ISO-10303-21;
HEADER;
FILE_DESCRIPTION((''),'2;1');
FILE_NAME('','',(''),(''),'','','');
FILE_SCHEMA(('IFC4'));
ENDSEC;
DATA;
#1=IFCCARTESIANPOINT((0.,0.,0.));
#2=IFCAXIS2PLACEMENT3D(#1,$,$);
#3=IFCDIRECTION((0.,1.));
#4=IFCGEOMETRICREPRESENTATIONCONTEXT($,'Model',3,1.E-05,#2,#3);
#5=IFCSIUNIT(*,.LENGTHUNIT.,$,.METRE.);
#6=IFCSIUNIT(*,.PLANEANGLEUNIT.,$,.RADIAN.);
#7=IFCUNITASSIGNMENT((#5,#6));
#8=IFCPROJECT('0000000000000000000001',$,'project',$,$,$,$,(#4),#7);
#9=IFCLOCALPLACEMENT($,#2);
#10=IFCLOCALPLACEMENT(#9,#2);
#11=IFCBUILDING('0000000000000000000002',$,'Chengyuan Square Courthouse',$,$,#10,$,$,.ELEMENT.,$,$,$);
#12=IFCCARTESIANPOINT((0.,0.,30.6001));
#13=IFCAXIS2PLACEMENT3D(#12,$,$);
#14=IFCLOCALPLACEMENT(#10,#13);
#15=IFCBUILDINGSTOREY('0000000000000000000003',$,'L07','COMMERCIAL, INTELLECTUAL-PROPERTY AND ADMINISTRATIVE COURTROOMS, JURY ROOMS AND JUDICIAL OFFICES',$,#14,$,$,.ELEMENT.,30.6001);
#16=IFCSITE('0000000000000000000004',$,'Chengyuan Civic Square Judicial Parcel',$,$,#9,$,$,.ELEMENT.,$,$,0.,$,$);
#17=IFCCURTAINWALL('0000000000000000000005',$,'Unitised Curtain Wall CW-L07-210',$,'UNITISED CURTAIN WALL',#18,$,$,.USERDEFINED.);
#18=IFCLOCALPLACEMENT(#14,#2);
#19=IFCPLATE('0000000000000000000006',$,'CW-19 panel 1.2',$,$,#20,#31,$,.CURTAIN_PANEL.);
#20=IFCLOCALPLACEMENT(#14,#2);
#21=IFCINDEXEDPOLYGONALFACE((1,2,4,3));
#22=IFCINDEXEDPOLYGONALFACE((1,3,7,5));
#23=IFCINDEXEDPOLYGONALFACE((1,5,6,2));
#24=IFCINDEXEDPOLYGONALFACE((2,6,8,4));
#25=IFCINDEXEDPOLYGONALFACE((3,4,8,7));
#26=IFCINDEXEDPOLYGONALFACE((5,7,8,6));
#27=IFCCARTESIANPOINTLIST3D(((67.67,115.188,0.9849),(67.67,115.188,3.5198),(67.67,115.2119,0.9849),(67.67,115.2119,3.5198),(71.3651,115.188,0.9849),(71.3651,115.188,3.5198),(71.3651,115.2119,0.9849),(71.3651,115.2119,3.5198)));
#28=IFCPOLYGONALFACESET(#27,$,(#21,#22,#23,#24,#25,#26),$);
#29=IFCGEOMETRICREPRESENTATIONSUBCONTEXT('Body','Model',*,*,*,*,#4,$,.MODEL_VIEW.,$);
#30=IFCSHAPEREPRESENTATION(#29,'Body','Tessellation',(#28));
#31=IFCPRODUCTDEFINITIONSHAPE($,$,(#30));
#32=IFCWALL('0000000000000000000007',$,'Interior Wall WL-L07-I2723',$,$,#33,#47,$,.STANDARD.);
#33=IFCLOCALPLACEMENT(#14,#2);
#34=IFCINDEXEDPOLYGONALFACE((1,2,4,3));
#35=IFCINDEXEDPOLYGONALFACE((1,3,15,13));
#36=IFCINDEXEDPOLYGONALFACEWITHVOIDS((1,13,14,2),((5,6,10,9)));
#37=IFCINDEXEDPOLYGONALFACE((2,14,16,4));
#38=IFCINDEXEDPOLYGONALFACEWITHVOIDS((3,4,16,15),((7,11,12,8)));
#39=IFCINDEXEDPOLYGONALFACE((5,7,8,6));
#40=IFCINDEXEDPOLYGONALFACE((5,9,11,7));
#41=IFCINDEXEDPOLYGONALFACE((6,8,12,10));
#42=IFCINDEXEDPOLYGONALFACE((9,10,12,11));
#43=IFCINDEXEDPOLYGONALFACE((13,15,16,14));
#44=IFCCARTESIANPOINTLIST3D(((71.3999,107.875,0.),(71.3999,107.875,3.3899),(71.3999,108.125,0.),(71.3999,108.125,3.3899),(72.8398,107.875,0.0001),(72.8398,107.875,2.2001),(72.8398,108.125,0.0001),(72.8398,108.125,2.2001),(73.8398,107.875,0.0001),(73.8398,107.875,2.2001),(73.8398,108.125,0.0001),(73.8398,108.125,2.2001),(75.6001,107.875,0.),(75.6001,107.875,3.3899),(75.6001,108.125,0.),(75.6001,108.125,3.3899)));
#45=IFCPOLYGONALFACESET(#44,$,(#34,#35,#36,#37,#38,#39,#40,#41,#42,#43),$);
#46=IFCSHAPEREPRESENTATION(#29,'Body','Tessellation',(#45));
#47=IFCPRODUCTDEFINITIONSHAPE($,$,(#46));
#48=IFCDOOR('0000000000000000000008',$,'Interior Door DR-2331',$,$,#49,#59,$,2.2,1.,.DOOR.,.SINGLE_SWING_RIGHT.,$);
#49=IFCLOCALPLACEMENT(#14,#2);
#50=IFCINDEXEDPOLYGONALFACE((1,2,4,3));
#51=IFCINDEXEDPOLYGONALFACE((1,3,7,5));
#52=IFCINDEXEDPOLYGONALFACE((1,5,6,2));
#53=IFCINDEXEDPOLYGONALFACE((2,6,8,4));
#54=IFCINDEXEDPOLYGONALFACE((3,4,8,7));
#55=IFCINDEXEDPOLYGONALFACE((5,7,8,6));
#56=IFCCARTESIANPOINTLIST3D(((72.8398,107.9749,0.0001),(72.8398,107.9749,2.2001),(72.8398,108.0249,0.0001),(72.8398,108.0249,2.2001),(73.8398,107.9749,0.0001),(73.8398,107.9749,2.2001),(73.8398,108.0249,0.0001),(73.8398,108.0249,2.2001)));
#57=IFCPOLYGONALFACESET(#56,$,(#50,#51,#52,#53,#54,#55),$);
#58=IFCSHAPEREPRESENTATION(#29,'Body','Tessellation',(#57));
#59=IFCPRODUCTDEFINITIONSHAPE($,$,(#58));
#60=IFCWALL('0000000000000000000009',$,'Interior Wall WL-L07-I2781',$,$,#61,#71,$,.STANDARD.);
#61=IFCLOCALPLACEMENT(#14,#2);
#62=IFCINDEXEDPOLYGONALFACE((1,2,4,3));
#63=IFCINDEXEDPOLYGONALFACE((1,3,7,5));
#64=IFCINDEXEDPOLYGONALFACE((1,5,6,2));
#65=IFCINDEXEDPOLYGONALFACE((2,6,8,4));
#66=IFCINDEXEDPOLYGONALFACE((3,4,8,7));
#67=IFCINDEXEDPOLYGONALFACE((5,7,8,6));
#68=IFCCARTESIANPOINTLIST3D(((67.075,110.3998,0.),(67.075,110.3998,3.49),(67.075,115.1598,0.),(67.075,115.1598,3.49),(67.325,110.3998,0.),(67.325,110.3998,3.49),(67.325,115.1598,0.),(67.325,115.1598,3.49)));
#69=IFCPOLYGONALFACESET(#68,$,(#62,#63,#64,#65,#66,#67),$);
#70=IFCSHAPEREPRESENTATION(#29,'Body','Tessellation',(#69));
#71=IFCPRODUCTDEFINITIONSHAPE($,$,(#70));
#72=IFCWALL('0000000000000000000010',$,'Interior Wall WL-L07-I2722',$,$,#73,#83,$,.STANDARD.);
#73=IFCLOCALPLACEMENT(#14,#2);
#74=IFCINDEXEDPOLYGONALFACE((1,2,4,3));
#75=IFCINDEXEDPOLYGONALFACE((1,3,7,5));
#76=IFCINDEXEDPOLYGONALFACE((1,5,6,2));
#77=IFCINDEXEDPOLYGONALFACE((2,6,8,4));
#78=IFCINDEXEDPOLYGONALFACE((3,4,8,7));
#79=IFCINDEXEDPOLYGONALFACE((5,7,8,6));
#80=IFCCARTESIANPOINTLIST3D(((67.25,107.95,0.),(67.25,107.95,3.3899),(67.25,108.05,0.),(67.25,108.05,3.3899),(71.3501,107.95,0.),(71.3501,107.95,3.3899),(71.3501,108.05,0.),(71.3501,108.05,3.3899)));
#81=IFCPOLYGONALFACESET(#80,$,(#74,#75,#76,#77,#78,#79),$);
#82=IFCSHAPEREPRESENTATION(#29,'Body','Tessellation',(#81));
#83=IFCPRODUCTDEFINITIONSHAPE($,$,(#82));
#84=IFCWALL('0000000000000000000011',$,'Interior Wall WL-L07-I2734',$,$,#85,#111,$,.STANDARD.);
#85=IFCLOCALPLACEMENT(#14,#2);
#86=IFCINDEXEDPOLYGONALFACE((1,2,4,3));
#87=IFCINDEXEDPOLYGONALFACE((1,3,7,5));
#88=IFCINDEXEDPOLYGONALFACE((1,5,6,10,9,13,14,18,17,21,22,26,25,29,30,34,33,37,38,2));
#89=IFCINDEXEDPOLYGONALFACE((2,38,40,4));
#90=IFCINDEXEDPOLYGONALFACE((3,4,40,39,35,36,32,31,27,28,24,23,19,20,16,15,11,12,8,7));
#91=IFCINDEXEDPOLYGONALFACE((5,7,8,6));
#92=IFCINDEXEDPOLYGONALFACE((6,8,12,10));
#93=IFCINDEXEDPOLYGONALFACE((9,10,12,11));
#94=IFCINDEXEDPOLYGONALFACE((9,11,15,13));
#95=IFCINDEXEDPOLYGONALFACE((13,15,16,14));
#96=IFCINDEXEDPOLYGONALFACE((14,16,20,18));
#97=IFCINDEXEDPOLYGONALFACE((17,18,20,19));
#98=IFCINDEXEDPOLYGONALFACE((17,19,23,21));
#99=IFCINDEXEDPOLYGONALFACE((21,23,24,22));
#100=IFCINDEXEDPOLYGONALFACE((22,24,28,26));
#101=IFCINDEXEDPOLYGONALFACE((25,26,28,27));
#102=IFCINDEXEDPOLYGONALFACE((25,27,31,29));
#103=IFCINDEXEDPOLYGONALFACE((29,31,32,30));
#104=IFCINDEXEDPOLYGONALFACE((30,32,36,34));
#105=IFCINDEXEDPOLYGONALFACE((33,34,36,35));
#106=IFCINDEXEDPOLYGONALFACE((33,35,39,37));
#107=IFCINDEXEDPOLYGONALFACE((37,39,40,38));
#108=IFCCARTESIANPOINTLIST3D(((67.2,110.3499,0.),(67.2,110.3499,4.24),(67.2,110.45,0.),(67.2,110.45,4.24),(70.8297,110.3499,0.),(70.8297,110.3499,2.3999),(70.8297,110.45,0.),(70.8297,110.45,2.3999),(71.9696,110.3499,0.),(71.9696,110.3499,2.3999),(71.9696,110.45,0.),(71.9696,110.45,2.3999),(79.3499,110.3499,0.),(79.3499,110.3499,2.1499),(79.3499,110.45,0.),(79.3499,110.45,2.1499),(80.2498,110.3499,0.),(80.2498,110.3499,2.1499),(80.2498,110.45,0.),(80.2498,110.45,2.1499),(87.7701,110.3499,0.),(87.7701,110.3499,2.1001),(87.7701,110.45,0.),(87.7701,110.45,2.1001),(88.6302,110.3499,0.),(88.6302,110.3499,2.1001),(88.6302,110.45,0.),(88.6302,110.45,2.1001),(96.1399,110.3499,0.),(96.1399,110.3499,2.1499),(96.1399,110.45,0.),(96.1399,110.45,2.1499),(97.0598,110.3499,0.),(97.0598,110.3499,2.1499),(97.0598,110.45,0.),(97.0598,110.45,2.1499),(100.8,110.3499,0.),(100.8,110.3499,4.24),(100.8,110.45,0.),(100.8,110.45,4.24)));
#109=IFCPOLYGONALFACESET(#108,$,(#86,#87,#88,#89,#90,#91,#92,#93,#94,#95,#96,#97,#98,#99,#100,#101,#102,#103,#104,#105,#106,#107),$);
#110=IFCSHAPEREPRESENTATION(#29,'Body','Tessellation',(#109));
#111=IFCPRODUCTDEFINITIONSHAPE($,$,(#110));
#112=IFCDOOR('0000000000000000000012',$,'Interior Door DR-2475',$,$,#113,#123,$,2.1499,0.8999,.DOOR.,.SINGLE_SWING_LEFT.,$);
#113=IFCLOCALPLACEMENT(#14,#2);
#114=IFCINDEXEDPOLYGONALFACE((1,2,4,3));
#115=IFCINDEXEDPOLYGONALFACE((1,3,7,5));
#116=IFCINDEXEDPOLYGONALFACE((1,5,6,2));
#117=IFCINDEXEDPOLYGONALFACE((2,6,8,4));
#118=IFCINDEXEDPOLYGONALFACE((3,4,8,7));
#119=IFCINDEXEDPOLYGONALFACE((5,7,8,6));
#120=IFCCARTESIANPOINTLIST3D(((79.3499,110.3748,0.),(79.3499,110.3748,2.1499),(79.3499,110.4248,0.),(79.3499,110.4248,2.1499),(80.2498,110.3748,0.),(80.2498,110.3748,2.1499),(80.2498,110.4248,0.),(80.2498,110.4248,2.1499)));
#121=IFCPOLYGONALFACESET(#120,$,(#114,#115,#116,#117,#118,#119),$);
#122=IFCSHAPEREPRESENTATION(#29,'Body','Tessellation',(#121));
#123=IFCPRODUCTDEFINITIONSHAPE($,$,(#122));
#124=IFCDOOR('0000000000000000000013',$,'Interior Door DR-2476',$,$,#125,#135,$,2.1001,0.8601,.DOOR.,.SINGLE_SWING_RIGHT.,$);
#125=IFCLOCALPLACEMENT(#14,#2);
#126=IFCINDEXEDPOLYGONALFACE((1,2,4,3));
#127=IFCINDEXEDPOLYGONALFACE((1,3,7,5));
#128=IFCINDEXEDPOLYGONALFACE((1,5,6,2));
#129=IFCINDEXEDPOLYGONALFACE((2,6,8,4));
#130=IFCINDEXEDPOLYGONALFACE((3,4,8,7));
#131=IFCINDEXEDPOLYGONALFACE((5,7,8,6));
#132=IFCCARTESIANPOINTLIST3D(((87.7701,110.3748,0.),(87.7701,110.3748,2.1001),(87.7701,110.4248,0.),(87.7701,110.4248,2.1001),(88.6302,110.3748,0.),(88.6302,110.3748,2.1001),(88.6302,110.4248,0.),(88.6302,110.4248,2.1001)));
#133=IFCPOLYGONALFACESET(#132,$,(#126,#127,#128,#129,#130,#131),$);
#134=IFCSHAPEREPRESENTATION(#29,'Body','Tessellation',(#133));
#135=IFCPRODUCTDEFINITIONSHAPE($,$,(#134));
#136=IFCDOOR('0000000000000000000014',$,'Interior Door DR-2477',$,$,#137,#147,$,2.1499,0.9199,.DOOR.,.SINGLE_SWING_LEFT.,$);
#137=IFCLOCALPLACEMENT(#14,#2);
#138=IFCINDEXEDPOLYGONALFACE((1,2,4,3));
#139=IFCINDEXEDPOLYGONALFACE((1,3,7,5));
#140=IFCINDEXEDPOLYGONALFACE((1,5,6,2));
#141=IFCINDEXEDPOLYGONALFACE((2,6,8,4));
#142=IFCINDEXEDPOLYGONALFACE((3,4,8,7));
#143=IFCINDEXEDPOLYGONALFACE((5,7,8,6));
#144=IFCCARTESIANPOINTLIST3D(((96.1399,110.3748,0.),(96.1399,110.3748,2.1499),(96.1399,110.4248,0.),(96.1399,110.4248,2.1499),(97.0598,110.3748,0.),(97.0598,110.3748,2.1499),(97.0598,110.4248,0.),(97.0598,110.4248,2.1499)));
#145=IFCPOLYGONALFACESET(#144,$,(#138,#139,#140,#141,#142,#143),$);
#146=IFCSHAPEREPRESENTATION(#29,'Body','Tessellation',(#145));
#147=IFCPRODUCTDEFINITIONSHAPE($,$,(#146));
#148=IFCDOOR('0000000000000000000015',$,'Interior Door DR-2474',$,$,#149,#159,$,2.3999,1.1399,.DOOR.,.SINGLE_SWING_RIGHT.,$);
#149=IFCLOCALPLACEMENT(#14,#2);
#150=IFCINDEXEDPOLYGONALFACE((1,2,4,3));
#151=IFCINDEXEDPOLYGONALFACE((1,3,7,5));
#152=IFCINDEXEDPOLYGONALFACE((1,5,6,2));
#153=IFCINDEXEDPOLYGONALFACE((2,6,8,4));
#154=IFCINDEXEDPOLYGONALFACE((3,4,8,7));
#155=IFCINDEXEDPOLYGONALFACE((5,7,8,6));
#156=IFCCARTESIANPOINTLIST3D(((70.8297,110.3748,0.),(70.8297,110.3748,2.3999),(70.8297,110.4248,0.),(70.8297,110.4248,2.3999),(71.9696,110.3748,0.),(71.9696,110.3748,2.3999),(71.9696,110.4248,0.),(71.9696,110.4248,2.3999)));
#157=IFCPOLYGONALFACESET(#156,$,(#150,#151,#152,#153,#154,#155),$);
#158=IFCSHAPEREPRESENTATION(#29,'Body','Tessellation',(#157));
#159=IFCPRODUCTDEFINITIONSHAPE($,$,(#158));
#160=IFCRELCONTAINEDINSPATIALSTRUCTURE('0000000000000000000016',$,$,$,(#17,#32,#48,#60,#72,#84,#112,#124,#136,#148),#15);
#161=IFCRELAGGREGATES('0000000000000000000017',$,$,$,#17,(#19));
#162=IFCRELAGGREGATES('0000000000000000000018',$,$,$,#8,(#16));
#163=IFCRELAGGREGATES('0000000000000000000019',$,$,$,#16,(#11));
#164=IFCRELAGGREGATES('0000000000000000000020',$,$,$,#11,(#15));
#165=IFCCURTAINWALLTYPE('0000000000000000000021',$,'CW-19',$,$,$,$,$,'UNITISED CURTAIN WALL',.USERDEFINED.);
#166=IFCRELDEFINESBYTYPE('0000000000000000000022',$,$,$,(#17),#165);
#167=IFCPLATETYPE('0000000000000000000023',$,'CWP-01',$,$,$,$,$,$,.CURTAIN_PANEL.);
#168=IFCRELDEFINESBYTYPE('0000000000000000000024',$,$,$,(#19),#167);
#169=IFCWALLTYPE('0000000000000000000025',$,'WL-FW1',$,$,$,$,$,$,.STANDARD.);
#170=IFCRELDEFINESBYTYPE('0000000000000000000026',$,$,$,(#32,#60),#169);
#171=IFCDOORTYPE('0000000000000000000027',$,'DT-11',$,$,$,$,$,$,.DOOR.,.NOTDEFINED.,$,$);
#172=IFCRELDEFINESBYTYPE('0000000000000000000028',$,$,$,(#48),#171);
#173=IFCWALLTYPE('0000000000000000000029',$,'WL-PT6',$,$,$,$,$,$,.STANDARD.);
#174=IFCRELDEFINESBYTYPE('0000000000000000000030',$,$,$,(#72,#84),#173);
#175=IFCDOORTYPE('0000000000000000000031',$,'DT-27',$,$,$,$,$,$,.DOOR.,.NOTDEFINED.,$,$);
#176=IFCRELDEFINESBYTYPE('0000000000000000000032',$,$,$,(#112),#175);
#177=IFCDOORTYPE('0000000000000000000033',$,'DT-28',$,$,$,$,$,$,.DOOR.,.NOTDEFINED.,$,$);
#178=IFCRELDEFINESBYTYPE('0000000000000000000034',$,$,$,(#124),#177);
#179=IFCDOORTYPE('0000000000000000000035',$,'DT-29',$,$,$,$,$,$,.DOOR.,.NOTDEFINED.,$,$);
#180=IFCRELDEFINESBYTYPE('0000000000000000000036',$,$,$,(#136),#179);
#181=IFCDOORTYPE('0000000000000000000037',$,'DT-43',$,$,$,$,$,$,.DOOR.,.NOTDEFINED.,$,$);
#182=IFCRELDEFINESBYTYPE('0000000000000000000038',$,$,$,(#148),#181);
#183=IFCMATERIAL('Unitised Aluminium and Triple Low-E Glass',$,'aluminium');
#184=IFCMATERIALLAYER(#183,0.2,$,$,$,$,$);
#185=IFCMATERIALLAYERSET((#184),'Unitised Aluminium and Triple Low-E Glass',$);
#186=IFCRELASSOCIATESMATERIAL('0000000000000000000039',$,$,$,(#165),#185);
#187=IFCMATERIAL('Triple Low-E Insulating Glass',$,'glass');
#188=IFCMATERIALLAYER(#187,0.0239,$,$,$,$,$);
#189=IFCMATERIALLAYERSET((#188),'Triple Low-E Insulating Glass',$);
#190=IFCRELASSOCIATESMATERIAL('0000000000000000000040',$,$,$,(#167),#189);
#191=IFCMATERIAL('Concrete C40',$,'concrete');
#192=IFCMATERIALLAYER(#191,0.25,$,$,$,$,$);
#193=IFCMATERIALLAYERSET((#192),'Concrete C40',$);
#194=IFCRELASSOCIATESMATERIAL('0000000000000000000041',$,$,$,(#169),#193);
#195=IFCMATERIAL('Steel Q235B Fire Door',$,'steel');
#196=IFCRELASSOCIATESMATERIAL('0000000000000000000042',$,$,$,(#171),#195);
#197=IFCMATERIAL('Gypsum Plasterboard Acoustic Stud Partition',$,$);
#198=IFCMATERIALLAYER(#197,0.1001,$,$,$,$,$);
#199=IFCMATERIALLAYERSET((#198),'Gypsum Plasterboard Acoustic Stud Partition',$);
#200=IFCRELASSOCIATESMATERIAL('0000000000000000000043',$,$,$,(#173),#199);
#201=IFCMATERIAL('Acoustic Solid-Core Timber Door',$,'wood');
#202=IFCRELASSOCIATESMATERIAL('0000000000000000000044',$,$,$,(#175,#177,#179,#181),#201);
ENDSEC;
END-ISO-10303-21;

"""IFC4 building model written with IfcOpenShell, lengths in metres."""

from ifc_helpers import new_model, si_unit, direction, frame, frame_2d, origin, origin_2d, place, context, subcontext, project, spatial, rectangle, extrude, material, layer, layer_set, type_object, element, fill, aggregate, save


model = new_model("IFC4")

# Units and contexts
model_context = context("Model", 3, precision=1e-05, world=origin(), true_north=direction((0.0, 1.0)))
body_context = subcontext(model_context, "Body", "Model", "MODEL_VIEW")
ifc_project = project(units=[si_unit("LENGTHUNIT", "METRE"), si_unit("PLANEANGLEUNIT", "RADIAN")], contexts=[model_context])

# Site, building, storey
site_placement = place(None, origin())
site = spatial("IfcSite", under=ifc_project, at=site_placement, Name="Chengyuan Civic Square Judicial Parcel", CompositionType="ELEMENT", RefElevation=0.0)
building_placement = place(site_placement, origin())
building = spatial("IfcBuilding", under=site, at=building_placement, Name="Chengyuan Square Courthouse", CompositionType="ELEMENT")
storey_placement = place(building_placement, frame((0.0, 0.0, 30.6001)))
storey = spatial("IfcBuildingStorey", under=building, at=storey_placement, Name="L07", Description="COMMERCIAL, INTELLECTUAL-PROPERTY AND ADMINISTRATIVE COURTROOMS, JURY ROOMS AND JUDICIAL OFFICES", CompositionType="ELEMENT", Elevation=30.6001)

# Shared definitions
ifc_material_1 = material(Name="Concrete C40", Category="concrete")

# Curtain wall, plate
ifc_material_2 = material(Name="Unitised Aluminium and Triple Low-E Glass", Category="aluminium")
ifc_layer_1 = layer(ifc_material_2, 0.2)
ifc_layer_set_1 = layer_set([ifc_layer_1], Name="Unitised Aluminium and Triple Low-E Glass")
curtain_wall_type = type_object("IfcCurtainWallType", Name="CW-19", ElementType="UNITISED CURTAIN WALL", PredefinedType="USERDEFINED", material=ifc_layer_set_1)
curtain_wall_placement = place(storey_placement, origin())
curtain_wall = element("IfcCurtainWall", 1, at=curtain_wall_placement, inside=storey, type_object=curtain_wall_type, Name="Unitised Curtain Wall CW-L07-210", ObjectType="UNITISED CURTAIN WALL", PredefinedType="USERDEFINED")
ifc_material_3 = material(Name="Triple Low-E Insulating Glass", Category="glass")
ifc_layer_2 = layer(ifc_material_3, 0.0239)
ifc_layer_set_2 = layer_set([ifc_layer_2], Name="Triple Low-E Insulating Glass")
plate_type = type_object("IfcPlateType", Name="CWP-01", PredefinedType="CURTAIN_PANEL", material=ifc_layer_set_2)
plate_1_placement = place(storey_placement, frame((69.5176, 115.2, 0.9849), z_axis=(0.0, 0.0, 1.0), x_axis=(1.0, 0.0, 0.0)))
plate_1 = element("IfcPlate", 2, at=plate_1_placement, type_object=plate_type, Name="CW-19 panel 1.2", PredefinedType="CURTAIN_PANEL", context=body_context, shape_type="SweptSolid", body=[
    extrude(rectangle(XDim=3.6951, YDim=0.0239, at=origin_2d()), origin(), (0.0, 0.0, 1.0), 2.5349),
])
aggregate(curtain_wall, [plate_1])

# Wall, opening, door
ifc_layer_3 = layer(ifc_material_1, 0.25)
ifc_layer_set_3 = layer_set([ifc_layer_3], Name="Concrete C40")
wall_type_1 = type_object("IfcWallType", Name="WL-FW1", PredefinedType="STANDARD", material=ifc_layer_set_3)
wall_1_placement = place(storey_placement, frame((71.3999, 108.0, 0.0), z_axis=(0.0, 0.0, 1.0), x_axis=(1.0, 0.0, 0.0)))
wall_1 = element("IfcWall", 3, at=wall_1_placement, inside=storey, type_object=wall_type_1, Name="Interior Wall WL-L07-I2723", PredefinedType="STANDARD", context=body_context, shape_type="SweptSolid", body=[
    extrude(rectangle(XDim=4.2002, YDim=0.25, at=frame_2d((2.1001, 0.0))), origin(), (0.0, 0.0, 1.0), 3.3899),
])
opening_1_placement = place(wall_1_placement, frame((1.4399, 0.0, 0.0)))
opening_1 = element("IfcOpeningElement", 4, at=opening_1_placement, cuts=wall_1, PredefinedType="OPENING", context=body_context, shape_type="SweptSolid", body=[
    extrude(rectangle(XDim=1.0, YDim=2.2, at=frame_2d((0.5, 1.1001))), frame((0.0, 0.137, 0.0), z_axis=(0.0, -1.0, 0.0), x_axis=(1.0, 0.0, 0.0)), (0.0, 0.0, 1.0), 0.2739),
])
ifc_material_4 = material(Name="Steel Q235B Fire Door", Category="steel")
door_type_1 = type_object("IfcDoorType", Name="DT-11", OperationType="NOTDEFINED", PredefinedType="DOOR", material=ifc_material_4)
door_1_placement = place(opening_1_placement, origin())
door_1 = element("IfcDoor", 5, at=door_1_placement, inside=storey, type_object=door_type_1, Name="Interior Door DR-2331", OperationType="SINGLE_SWING_RIGHT", OverallHeight=2.2, OverallWidth=1.0, PredefinedType="DOOR", context=body_context, shape_type="SweptSolid", body=[
    extrude(rectangle(XDim=1.0, YDim=2.2, at=frame_2d((0.5, 1.1001))), frame((0.0, 0.0249, 0.0), z_axis=(0.0, -1.0, 0.0), x_axis=(1.0, 0.0, 0.0)), (0.0, 0.0, 1.0), 0.05),
])
fill(opening_1, door_1)

# Walls
wall_2_placement = place(storey_placement, frame((67.2, 110.3999, 0.0), z_axis=(0.0, 0.0, 1.0), x_axis=(0.0, 1.0, 0.0)))
element("IfcWall", 6, at=wall_2_placement, inside=storey, type_object=wall_type_1, Name="Interior Wall WL-L07-I2781", PredefinedType="STANDARD", context=body_context, shape_type="SweptSolid", body=[
    extrude(rectangle(XDim=4.76, YDim=0.25, at=frame_2d((2.3799, 0.0))), origin(), (0.0, 0.0, 1.0), 3.49),
])
ifc_material_5 = material(Name="Gypsum Plasterboard Acoustic Stud Partition")
ifc_layer_4 = layer(ifc_material_5, 0.1001)
ifc_layer_set_4 = layer_set([ifc_layer_4], Name="Gypsum Plasterboard Acoustic Stud Partition")
wall_type_2 = type_object("IfcWallType", Name="WL-PT6", PredefinedType="STANDARD", material=ifc_layer_set_4)
wall_3_placement = place(storey_placement, frame((67.25, 108.0, 0.0), z_axis=(0.0, 0.0, 1.0), x_axis=(1.0, 0.0, 0.0)))
element("IfcWall", 7, at=wall_3_placement, inside=storey, type_object=wall_type_2, Name="Interior Wall WL-L07-I2722", PredefinedType="STANDARD", context=body_context, shape_type="SweptSolid", body=[
    extrude(rectangle(XDim=4.1001, YDim=0.1001, at=frame_2d((2.05, 0.0))), origin(), (0.0, 0.0, 1.0), 3.3899),
])

# Wall, openings, doors
wall_4_placement = place(storey_placement, frame((67.2, 110.3999, 0.0), z_axis=(0.0, 0.0, 1.0), x_axis=(1.0, 0.0, 0.0)))
wall_4 = element("IfcWall", 8, at=wall_4_placement, inside=storey, type_object=wall_type_2, Name="Interior Wall WL-L07-I2734", PredefinedType="STANDARD", context=body_context, shape_type="SweptSolid", body=[
    extrude(rectangle(XDim=33.6001, YDim=0.1001, at=frame_2d((16.8, 0.0))), origin(), (0.0, 0.0, 1.0), 4.24),
])
opening_2_placement = place(wall_4_placement, frame((3.6299, 0.0, 0.0)))
opening_2 = element("IfcOpeningElement", 9, at=opening_2_placement, cuts=wall_4, PredefinedType="OPENING", context=body_context, shape_type="SweptSolid", body=[
    extrude(rectangle(XDim=1.1399, YDim=2.3999, at=frame_2d((0.5698, 1.2))), frame((0.0, 0.062, 0.0), z_axis=(0.0, -1.0, 0.0), x_axis=(1.0, 0.0, 0.0)), (0.0, 0.0, 1.0), 0.124),
])
opening_3_placement = place(wall_4_placement, frame((12.1499, 0.0, 0.0)))
opening_3 = element("IfcOpeningElement", 10, at=opening_3_placement, cuts=wall_4, PredefinedType="OPENING", context=body_context, shape_type="SweptSolid", body=[
    extrude(rectangle(XDim=0.8999, YDim=2.1499, at=frame_2d((0.45, 1.075))), frame((0.0, 0.062, 0.0), z_axis=(0.0, -1.0, 0.0), x_axis=(1.0, 0.0, 0.0)), (0.0, 0.0, 1.0), 0.124),
])
opening_4_placement = place(wall_4_placement, frame((20.5701, 0.0, 0.0)))
opening_4 = element("IfcOpeningElement", 11, at=opening_4_placement, cuts=wall_4, PredefinedType="OPENING", context=body_context, shape_type="SweptSolid", body=[
    extrude(rectangle(XDim=0.8601, YDim=2.1001, at=frame_2d((0.4302, 1.05))), frame((0.0, 0.062, 0.0), z_axis=(0.0, -1.0, 0.0), x_axis=(1.0, 0.0, 0.0)), (0.0, 0.0, 1.0), 0.124),
])
opening_5_placement = place(wall_4_placement, frame((28.9399, 0.0, 0.0)))
opening_5 = element("IfcOpeningElement", 12, at=opening_5_placement, cuts=wall_4, PredefinedType="OPENING", context=body_context, shape_type="SweptSolid", body=[
    extrude(rectangle(XDim=0.9199, YDim=2.1499, at=frame_2d((0.46, 1.075))), frame((0.0, 0.062, 0.0), z_axis=(0.0, -1.0, 0.0), x_axis=(1.0, 0.0, 0.0)), (0.0, 0.0, 1.0), 0.124),
])
ifc_material_6 = material(Name="Acoustic Solid-Core Timber Door", Category="wood")
door_type_2 = type_object("IfcDoorType", Name="DT-27", OperationType="NOTDEFINED", PredefinedType="DOOR", material=ifc_material_6)
door_2_placement = place(opening_3_placement, origin())
door_2 = element("IfcDoor", 13, at=door_2_placement, inside=storey, type_object=door_type_2, Name="Interior Door DR-2475", OperationType="SINGLE_SWING_LEFT", OverallHeight=2.1499, OverallWidth=0.8999, PredefinedType="DOOR", context=body_context, shape_type="SweptSolid", body=[
    extrude(rectangle(XDim=0.8999, YDim=2.1499, at=frame_2d((0.45, 1.075))), frame((0.0, 0.0249, 0.0), z_axis=(0.0, -1.0, 0.0), x_axis=(1.0, 0.0, 0.0)), (0.0, 0.0, 1.0), 0.05),
])
fill(opening_3, door_2)
door_type_3 = type_object("IfcDoorType", Name="DT-28", OperationType="NOTDEFINED", PredefinedType="DOOR", material=ifc_material_6)
door_3_placement = place(opening_4_placement, origin())
door_3 = element("IfcDoor", 14, at=door_3_placement, inside=storey, type_object=door_type_3, Name="Interior Door DR-2476", OperationType="SINGLE_SWING_RIGHT", OverallHeight=2.1001, OverallWidth=0.8601, PredefinedType="DOOR", context=body_context, shape_type="SweptSolid", body=[
    extrude(rectangle(XDim=0.8601, YDim=2.1001, at=frame_2d((0.4302, 1.05))), frame((0.0, 0.0249, 0.0), z_axis=(0.0, -1.0, 0.0), x_axis=(1.0, 0.0, 0.0)), (0.0, 0.0, 1.0), 0.05),
])
fill(opening_4, door_3)
door_type_4 = type_object("IfcDoorType", Name="DT-29", OperationType="NOTDEFINED", PredefinedType="DOOR", material=ifc_material_6)
door_4_placement = place(opening_5_placement, origin())
door_4 = element("IfcDoor", 15, at=door_4_placement, inside=storey, type_object=door_type_4, Name="Interior Door DR-2477", OperationType="SINGLE_SWING_LEFT", OverallHeight=2.1499, OverallWidth=0.9199, PredefinedType="DOOR", context=body_context, shape_type="SweptSolid", body=[
    extrude(rectangle(XDim=0.9199, YDim=2.1499, at=frame_2d((0.46, 1.075))), frame((0.0, 0.0249, 0.0), z_axis=(0.0, -1.0, 0.0), x_axis=(1.0, 0.0, 0.0)), (0.0, 0.0, 1.0), 0.05),
])
fill(opening_5, door_4)
door_type_5 = type_object("IfcDoorType", Name="DT-43", OperationType="NOTDEFINED", PredefinedType="DOOR", material=ifc_material_6)
door_5_placement = place(opening_2_placement, origin())
door_5 = element("IfcDoor", 16, at=door_5_placement, inside=storey, type_object=door_type_5, Name="Interior Door DR-2474", OperationType="SINGLE_SWING_RIGHT", OverallHeight=2.3999, OverallWidth=1.1399, PredefinedType="DOOR", context=body_context, shape_type="SweptSolid", body=[
    extrude(rectangle(XDim=1.1399, YDim=2.3999, at=frame_2d((0.5698, 1.2))), frame((0.0, 0.0249, 0.0), z_axis=(0.0, -1.0, 0.0), x_axis=(1.0, 0.0, 0.0)), (0.0, 0.0, 1.0), 0.05),
])
fill(opening_2, door_5)

save(model, "model.ifc")
